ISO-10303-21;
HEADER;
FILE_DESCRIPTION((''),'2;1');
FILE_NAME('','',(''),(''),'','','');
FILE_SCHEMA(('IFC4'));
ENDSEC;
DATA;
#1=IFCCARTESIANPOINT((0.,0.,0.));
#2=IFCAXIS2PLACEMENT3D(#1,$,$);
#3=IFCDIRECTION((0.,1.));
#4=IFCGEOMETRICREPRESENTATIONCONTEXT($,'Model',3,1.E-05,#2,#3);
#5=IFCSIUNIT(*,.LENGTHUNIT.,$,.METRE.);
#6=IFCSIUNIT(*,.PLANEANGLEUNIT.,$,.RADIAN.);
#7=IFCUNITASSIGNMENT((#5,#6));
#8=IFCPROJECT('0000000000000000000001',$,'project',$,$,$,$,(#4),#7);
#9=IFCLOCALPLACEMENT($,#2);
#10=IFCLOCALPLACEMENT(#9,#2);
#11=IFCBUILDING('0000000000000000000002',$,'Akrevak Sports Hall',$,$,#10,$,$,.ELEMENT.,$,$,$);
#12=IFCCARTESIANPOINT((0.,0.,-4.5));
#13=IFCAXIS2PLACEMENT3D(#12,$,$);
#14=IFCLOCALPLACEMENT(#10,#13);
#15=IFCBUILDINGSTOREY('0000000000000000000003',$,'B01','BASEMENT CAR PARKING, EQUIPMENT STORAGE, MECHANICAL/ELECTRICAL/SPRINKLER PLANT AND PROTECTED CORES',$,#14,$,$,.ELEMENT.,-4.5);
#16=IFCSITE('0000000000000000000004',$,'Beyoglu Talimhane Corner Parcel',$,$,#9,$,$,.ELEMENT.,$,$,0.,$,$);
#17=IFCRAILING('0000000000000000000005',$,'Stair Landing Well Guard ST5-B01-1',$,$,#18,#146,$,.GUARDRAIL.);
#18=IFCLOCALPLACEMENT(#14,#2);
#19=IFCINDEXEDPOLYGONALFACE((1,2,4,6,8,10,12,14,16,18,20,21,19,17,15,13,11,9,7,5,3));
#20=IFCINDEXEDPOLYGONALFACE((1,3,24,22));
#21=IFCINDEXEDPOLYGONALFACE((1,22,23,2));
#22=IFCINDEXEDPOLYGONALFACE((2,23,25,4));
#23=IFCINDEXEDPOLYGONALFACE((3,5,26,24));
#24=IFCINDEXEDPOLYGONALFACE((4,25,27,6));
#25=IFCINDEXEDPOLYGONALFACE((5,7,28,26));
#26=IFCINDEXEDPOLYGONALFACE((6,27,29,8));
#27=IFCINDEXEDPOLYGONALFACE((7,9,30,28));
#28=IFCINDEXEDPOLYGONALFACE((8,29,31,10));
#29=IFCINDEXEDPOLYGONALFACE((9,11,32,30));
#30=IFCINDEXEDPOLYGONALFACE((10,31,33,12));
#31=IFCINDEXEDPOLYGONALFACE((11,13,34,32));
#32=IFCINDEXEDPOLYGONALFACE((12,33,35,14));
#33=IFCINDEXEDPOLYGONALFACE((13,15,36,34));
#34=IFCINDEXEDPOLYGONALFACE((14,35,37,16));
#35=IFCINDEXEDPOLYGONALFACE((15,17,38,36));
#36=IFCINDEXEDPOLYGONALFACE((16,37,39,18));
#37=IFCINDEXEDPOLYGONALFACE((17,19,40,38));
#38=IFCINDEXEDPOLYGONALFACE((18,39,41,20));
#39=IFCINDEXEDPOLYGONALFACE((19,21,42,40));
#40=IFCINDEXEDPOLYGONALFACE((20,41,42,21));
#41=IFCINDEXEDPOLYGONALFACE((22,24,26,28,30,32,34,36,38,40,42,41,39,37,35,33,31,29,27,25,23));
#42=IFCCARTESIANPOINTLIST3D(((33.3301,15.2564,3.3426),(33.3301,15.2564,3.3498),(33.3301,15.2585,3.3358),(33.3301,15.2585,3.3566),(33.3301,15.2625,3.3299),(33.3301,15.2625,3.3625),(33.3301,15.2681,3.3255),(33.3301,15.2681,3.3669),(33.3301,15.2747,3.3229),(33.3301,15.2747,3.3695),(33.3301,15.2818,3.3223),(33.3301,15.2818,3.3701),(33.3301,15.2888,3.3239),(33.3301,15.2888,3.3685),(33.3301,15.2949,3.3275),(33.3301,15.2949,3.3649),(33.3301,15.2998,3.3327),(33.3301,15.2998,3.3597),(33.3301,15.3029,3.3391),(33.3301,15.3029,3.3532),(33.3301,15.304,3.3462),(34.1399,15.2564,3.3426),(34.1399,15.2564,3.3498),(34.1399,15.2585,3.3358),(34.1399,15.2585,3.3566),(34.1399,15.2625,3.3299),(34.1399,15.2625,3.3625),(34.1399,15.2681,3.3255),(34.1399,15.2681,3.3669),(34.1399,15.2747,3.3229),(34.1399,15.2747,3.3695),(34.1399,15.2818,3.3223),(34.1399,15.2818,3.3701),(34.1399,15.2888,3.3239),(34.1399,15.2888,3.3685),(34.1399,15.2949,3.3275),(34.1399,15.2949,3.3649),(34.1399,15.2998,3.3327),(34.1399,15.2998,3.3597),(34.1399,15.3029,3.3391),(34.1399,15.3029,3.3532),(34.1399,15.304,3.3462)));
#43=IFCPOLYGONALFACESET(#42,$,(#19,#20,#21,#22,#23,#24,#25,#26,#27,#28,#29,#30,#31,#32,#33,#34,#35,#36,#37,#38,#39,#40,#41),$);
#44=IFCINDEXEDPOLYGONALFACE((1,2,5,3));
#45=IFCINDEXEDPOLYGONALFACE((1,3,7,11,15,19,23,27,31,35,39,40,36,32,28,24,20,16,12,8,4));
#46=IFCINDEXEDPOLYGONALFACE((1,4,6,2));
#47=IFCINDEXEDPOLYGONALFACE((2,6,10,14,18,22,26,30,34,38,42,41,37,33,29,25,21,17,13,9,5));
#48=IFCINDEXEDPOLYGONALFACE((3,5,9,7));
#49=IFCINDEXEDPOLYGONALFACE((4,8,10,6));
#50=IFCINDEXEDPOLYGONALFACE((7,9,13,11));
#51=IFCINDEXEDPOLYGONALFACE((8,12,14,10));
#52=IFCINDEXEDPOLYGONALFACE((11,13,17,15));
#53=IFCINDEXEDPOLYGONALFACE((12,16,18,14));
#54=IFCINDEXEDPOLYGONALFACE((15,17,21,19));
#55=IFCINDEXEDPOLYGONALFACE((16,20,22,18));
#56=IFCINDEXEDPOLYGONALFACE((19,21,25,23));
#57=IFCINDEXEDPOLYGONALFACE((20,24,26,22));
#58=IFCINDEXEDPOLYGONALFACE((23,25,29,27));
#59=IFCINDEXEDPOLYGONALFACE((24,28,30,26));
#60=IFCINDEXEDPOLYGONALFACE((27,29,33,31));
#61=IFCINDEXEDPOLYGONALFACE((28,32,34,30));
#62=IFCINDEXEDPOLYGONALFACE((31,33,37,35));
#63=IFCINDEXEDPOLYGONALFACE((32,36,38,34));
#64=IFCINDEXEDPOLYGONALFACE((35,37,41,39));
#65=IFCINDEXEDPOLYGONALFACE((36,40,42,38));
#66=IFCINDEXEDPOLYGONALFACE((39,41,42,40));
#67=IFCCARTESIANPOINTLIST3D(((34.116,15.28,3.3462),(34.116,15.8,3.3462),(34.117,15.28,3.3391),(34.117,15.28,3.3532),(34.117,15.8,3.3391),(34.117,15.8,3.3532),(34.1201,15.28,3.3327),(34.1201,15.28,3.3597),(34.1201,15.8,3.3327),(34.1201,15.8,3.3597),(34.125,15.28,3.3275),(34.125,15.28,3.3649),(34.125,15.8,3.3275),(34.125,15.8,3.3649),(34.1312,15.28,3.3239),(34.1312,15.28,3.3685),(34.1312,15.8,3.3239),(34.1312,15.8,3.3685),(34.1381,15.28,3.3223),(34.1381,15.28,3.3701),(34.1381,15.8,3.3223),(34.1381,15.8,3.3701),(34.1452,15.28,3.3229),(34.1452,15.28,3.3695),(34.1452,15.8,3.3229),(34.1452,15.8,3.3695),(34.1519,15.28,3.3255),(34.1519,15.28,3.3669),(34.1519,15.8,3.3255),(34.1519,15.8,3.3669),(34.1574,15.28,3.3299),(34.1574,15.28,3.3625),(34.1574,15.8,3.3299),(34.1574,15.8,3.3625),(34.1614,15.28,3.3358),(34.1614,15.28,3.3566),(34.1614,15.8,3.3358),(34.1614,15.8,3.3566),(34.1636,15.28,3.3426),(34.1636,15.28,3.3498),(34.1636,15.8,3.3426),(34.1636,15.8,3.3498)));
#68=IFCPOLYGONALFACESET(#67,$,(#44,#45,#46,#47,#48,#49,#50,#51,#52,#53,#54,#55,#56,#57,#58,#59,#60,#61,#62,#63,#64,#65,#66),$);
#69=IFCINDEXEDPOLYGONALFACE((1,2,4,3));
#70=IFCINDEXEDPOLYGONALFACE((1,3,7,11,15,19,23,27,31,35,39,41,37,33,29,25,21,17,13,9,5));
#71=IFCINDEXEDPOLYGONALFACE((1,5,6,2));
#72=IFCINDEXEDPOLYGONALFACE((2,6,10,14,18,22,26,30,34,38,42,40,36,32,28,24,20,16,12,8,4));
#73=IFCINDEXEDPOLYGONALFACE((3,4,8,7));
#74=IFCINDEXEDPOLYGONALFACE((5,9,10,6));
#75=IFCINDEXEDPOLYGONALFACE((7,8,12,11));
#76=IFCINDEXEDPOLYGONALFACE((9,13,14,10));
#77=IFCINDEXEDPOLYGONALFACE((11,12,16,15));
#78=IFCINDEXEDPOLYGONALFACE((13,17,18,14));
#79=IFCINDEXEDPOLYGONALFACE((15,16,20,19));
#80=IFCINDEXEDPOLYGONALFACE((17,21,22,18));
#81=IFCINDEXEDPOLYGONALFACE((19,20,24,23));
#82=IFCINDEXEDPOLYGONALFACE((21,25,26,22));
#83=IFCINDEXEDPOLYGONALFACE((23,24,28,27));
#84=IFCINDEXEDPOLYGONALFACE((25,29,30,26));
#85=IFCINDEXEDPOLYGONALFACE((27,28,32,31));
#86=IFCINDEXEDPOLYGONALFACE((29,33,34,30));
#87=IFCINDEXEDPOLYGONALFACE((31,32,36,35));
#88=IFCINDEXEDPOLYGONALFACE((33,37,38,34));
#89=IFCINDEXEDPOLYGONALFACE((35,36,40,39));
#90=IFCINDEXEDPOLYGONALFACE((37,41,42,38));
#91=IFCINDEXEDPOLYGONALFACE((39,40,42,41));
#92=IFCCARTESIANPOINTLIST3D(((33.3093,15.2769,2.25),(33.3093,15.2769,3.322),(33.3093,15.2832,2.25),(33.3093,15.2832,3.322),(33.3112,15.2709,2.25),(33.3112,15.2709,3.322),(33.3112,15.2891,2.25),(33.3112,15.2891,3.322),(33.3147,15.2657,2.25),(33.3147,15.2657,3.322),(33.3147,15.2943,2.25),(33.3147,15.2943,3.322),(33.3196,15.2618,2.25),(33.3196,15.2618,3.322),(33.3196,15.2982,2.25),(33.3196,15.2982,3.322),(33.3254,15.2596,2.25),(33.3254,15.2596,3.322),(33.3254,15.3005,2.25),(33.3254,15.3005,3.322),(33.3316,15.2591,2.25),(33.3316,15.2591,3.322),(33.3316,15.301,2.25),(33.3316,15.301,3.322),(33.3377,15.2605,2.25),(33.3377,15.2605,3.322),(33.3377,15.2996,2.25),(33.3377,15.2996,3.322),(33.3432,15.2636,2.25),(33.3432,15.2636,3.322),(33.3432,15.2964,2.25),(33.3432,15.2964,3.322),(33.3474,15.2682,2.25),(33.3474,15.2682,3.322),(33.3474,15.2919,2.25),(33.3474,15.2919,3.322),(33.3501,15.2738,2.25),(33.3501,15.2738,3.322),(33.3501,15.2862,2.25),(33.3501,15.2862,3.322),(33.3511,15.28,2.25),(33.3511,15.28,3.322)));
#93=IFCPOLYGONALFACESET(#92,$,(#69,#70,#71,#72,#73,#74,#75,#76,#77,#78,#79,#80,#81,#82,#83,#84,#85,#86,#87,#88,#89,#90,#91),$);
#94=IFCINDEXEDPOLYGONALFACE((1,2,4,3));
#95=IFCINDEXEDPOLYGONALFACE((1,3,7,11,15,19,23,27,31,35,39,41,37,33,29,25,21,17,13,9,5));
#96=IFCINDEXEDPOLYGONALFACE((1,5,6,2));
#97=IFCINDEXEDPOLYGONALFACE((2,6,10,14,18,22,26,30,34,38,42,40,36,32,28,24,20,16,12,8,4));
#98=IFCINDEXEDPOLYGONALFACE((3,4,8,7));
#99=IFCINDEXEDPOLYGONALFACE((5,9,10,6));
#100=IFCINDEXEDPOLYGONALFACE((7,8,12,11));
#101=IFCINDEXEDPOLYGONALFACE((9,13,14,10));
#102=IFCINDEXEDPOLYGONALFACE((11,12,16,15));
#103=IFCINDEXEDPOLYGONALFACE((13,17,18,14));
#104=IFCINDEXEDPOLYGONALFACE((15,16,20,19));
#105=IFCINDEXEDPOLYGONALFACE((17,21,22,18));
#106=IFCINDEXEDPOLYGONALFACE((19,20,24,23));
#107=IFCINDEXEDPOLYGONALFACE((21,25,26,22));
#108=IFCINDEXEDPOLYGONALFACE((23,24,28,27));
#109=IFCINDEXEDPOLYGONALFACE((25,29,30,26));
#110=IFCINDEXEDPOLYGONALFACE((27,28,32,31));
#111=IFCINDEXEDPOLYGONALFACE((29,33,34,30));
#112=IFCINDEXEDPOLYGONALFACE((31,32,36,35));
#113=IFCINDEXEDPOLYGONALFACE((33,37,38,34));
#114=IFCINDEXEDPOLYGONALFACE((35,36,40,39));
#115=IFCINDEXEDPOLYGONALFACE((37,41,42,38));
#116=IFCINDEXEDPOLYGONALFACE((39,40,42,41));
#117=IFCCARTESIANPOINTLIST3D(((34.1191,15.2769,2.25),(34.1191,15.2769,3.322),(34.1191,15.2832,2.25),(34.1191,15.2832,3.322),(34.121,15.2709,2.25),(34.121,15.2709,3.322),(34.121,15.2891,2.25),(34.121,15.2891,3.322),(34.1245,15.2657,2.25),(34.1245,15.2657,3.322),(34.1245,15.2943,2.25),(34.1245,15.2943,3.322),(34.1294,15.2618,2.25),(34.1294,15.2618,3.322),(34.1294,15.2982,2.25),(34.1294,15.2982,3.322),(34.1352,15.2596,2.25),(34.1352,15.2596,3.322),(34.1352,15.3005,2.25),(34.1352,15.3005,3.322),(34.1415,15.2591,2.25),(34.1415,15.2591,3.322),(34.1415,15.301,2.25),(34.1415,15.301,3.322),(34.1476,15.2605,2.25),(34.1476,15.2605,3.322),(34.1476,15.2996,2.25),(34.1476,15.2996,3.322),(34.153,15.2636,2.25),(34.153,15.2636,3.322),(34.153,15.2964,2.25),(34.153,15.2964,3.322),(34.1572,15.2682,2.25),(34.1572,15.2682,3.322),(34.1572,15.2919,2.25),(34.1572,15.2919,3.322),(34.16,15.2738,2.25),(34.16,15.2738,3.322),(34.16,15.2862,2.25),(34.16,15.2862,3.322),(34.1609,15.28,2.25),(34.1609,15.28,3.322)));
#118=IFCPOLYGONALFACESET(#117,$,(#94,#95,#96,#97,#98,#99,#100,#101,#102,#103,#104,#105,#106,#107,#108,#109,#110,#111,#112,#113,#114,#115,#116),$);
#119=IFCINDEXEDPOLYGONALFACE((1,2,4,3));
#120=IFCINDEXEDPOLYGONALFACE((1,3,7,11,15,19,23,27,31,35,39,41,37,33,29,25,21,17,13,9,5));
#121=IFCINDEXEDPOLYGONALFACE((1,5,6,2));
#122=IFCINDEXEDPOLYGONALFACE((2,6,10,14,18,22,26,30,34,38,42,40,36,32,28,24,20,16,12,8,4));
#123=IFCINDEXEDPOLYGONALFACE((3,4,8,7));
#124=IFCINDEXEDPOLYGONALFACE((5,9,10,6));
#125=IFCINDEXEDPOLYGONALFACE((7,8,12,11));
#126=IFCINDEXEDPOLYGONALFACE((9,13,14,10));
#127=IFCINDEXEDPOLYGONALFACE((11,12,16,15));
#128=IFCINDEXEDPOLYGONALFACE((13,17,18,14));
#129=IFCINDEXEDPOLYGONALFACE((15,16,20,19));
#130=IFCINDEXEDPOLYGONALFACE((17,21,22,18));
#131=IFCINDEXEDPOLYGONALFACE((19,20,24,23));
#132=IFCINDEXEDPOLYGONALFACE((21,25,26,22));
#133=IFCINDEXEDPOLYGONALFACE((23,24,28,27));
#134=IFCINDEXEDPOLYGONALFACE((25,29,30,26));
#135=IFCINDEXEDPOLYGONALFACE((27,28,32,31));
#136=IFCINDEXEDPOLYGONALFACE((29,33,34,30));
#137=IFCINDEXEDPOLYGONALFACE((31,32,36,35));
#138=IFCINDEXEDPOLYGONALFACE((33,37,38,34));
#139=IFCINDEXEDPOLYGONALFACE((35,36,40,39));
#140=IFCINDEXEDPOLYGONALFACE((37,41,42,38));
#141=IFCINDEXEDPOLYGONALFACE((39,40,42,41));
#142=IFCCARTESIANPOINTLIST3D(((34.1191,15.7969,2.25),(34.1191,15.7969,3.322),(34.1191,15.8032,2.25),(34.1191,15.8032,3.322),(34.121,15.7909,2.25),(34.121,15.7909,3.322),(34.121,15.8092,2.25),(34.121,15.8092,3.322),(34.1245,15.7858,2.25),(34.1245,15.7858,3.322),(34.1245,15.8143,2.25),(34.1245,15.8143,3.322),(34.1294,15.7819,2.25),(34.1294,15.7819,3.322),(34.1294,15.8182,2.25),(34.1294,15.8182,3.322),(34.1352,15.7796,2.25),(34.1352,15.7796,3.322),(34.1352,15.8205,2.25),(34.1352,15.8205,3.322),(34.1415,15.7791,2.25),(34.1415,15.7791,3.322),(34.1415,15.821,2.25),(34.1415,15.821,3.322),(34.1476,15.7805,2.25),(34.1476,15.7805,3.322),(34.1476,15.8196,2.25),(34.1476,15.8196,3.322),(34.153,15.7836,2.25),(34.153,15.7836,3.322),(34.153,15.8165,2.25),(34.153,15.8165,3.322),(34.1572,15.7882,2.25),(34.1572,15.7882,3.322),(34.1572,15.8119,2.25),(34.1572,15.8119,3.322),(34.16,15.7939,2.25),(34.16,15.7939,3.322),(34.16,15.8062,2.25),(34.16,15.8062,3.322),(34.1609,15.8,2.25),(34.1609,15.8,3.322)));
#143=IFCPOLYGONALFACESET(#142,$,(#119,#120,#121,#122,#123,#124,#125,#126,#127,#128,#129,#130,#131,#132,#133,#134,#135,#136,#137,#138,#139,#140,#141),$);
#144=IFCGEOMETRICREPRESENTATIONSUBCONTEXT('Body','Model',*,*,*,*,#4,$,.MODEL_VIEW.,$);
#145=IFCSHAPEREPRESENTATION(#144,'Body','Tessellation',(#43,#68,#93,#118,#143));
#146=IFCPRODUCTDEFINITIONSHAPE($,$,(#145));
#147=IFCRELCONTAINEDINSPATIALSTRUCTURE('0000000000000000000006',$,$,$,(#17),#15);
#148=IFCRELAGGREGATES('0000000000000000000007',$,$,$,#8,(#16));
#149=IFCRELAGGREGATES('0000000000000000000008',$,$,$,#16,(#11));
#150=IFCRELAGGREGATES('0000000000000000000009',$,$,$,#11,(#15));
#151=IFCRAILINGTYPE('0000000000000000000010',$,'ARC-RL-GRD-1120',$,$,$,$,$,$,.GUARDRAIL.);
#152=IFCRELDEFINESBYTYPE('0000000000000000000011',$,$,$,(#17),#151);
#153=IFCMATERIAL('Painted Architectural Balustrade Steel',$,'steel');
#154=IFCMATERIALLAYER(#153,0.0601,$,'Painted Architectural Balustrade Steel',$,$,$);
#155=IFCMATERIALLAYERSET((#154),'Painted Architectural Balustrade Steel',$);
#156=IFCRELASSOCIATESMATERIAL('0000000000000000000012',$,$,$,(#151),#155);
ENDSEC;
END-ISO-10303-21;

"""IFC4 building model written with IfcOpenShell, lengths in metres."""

from ifc_helpers import new_model, si_unit, direction, frame, origin, origin_2d, place, context, subcontext, project, spatial, circle, extrude, material, layer, layer_set, type_object, element, save


model = new_model("IFC4")

# Units and contexts
model_context = context("Model", 3, precision=1e-05, world=origin(), true_north=direction((0.0, 1.0)))
body_context = subcontext(model_context, "Body", "Model", "MODEL_VIEW")
ifc_project = project(units=[si_unit("LENGTHUNIT", "METRE"), si_unit("PLANEANGLEUNIT", "RADIAN")], contexts=[model_context])

# Site, building, storey
site_placement = place(None, origin())
site = spatial("IfcSite", under=ifc_project, at=site_placement, Name="Beyoglu Talimhane Corner Parcel", CompositionType="ELEMENT", RefElevation=0.0)
building_placement = place(site_placement, origin())
building = spatial("IfcBuilding", under=site, at=building_placement, Name="Akrevak Sports Hall", CompositionType="ELEMENT")
storey_placement = place(building_placement, frame((0.0, 0.0, -4.5)))
storey = spatial("IfcBuildingStorey", under=building, at=storey_placement, Name="B01", Description="BASEMENT CAR PARKING, EQUIPMENT STORAGE, MECHANICAL/ELECTRICAL/SPRINKLER PLANT AND PROTECTED CORES", CompositionType="ELEMENT", Elevation=-4.5)

# Railing
ifc_material_1 = material(Name="Painted Architectural Balustrade Steel", Category="steel")
ifc_layer_1 = layer(ifc_material_1, 0.0601, Name="Painted Architectural Balustrade Steel")
ifc_layer_set_1 = layer_set([ifc_layer_1], Name="Painted Architectural Balustrade Steel")
railing_type_1 = type_object("IfcRailingType", Name="ARC-RL-GRD-1120", PredefinedType="GUARDRAIL", material=ifc_layer_set_1)
railing_1_placement = place(storey_placement, frame((33.3301, 15.28, 2.25)))
element("IfcRailing", 1, at=railing_1_placement, inside=storey, type_object=railing_type_1, Name="Stair Landing Well Guard ST5-B01-1", PredefinedType="GUARDRAIL", context=body_context, shape_type="SweptSolid", body=[
    extrude(circle(Radius=0.0239, at=origin_2d()), frame((0.0, 0.0, 1.0962), z_axis=(1.0, 0.0, 0.0), x_axis=(0.0, 1.0, 0.0)), (0.0, 0.0, 1.0), 0.8098),
    extrude(circle(Radius=0.0239, at=origin_2d()), frame((0.8098, 0.0, 1.0962), z_axis=(0.0, 1.0, 0.0), x_axis=(-1.0, 0.0, 0.0)), (0.0, 0.0, 1.0), 0.52),
    extrude(circle(Radius=0.021, at=origin_2d()), origin(), (0.0, 0.0, 1.0), 1.072),
    extrude(circle(Radius=0.021, at=origin_2d()), frame((0.8098, 0.0, 0.0)), (0.0, 0.0, 1.0), 1.072),
    extrude(circle(Radius=0.021, at=origin_2d()), frame((0.8098, 0.52, 0.0)), (0.0, 0.0, 1.0), 1.072),
])

save(model, "model.ifc")
